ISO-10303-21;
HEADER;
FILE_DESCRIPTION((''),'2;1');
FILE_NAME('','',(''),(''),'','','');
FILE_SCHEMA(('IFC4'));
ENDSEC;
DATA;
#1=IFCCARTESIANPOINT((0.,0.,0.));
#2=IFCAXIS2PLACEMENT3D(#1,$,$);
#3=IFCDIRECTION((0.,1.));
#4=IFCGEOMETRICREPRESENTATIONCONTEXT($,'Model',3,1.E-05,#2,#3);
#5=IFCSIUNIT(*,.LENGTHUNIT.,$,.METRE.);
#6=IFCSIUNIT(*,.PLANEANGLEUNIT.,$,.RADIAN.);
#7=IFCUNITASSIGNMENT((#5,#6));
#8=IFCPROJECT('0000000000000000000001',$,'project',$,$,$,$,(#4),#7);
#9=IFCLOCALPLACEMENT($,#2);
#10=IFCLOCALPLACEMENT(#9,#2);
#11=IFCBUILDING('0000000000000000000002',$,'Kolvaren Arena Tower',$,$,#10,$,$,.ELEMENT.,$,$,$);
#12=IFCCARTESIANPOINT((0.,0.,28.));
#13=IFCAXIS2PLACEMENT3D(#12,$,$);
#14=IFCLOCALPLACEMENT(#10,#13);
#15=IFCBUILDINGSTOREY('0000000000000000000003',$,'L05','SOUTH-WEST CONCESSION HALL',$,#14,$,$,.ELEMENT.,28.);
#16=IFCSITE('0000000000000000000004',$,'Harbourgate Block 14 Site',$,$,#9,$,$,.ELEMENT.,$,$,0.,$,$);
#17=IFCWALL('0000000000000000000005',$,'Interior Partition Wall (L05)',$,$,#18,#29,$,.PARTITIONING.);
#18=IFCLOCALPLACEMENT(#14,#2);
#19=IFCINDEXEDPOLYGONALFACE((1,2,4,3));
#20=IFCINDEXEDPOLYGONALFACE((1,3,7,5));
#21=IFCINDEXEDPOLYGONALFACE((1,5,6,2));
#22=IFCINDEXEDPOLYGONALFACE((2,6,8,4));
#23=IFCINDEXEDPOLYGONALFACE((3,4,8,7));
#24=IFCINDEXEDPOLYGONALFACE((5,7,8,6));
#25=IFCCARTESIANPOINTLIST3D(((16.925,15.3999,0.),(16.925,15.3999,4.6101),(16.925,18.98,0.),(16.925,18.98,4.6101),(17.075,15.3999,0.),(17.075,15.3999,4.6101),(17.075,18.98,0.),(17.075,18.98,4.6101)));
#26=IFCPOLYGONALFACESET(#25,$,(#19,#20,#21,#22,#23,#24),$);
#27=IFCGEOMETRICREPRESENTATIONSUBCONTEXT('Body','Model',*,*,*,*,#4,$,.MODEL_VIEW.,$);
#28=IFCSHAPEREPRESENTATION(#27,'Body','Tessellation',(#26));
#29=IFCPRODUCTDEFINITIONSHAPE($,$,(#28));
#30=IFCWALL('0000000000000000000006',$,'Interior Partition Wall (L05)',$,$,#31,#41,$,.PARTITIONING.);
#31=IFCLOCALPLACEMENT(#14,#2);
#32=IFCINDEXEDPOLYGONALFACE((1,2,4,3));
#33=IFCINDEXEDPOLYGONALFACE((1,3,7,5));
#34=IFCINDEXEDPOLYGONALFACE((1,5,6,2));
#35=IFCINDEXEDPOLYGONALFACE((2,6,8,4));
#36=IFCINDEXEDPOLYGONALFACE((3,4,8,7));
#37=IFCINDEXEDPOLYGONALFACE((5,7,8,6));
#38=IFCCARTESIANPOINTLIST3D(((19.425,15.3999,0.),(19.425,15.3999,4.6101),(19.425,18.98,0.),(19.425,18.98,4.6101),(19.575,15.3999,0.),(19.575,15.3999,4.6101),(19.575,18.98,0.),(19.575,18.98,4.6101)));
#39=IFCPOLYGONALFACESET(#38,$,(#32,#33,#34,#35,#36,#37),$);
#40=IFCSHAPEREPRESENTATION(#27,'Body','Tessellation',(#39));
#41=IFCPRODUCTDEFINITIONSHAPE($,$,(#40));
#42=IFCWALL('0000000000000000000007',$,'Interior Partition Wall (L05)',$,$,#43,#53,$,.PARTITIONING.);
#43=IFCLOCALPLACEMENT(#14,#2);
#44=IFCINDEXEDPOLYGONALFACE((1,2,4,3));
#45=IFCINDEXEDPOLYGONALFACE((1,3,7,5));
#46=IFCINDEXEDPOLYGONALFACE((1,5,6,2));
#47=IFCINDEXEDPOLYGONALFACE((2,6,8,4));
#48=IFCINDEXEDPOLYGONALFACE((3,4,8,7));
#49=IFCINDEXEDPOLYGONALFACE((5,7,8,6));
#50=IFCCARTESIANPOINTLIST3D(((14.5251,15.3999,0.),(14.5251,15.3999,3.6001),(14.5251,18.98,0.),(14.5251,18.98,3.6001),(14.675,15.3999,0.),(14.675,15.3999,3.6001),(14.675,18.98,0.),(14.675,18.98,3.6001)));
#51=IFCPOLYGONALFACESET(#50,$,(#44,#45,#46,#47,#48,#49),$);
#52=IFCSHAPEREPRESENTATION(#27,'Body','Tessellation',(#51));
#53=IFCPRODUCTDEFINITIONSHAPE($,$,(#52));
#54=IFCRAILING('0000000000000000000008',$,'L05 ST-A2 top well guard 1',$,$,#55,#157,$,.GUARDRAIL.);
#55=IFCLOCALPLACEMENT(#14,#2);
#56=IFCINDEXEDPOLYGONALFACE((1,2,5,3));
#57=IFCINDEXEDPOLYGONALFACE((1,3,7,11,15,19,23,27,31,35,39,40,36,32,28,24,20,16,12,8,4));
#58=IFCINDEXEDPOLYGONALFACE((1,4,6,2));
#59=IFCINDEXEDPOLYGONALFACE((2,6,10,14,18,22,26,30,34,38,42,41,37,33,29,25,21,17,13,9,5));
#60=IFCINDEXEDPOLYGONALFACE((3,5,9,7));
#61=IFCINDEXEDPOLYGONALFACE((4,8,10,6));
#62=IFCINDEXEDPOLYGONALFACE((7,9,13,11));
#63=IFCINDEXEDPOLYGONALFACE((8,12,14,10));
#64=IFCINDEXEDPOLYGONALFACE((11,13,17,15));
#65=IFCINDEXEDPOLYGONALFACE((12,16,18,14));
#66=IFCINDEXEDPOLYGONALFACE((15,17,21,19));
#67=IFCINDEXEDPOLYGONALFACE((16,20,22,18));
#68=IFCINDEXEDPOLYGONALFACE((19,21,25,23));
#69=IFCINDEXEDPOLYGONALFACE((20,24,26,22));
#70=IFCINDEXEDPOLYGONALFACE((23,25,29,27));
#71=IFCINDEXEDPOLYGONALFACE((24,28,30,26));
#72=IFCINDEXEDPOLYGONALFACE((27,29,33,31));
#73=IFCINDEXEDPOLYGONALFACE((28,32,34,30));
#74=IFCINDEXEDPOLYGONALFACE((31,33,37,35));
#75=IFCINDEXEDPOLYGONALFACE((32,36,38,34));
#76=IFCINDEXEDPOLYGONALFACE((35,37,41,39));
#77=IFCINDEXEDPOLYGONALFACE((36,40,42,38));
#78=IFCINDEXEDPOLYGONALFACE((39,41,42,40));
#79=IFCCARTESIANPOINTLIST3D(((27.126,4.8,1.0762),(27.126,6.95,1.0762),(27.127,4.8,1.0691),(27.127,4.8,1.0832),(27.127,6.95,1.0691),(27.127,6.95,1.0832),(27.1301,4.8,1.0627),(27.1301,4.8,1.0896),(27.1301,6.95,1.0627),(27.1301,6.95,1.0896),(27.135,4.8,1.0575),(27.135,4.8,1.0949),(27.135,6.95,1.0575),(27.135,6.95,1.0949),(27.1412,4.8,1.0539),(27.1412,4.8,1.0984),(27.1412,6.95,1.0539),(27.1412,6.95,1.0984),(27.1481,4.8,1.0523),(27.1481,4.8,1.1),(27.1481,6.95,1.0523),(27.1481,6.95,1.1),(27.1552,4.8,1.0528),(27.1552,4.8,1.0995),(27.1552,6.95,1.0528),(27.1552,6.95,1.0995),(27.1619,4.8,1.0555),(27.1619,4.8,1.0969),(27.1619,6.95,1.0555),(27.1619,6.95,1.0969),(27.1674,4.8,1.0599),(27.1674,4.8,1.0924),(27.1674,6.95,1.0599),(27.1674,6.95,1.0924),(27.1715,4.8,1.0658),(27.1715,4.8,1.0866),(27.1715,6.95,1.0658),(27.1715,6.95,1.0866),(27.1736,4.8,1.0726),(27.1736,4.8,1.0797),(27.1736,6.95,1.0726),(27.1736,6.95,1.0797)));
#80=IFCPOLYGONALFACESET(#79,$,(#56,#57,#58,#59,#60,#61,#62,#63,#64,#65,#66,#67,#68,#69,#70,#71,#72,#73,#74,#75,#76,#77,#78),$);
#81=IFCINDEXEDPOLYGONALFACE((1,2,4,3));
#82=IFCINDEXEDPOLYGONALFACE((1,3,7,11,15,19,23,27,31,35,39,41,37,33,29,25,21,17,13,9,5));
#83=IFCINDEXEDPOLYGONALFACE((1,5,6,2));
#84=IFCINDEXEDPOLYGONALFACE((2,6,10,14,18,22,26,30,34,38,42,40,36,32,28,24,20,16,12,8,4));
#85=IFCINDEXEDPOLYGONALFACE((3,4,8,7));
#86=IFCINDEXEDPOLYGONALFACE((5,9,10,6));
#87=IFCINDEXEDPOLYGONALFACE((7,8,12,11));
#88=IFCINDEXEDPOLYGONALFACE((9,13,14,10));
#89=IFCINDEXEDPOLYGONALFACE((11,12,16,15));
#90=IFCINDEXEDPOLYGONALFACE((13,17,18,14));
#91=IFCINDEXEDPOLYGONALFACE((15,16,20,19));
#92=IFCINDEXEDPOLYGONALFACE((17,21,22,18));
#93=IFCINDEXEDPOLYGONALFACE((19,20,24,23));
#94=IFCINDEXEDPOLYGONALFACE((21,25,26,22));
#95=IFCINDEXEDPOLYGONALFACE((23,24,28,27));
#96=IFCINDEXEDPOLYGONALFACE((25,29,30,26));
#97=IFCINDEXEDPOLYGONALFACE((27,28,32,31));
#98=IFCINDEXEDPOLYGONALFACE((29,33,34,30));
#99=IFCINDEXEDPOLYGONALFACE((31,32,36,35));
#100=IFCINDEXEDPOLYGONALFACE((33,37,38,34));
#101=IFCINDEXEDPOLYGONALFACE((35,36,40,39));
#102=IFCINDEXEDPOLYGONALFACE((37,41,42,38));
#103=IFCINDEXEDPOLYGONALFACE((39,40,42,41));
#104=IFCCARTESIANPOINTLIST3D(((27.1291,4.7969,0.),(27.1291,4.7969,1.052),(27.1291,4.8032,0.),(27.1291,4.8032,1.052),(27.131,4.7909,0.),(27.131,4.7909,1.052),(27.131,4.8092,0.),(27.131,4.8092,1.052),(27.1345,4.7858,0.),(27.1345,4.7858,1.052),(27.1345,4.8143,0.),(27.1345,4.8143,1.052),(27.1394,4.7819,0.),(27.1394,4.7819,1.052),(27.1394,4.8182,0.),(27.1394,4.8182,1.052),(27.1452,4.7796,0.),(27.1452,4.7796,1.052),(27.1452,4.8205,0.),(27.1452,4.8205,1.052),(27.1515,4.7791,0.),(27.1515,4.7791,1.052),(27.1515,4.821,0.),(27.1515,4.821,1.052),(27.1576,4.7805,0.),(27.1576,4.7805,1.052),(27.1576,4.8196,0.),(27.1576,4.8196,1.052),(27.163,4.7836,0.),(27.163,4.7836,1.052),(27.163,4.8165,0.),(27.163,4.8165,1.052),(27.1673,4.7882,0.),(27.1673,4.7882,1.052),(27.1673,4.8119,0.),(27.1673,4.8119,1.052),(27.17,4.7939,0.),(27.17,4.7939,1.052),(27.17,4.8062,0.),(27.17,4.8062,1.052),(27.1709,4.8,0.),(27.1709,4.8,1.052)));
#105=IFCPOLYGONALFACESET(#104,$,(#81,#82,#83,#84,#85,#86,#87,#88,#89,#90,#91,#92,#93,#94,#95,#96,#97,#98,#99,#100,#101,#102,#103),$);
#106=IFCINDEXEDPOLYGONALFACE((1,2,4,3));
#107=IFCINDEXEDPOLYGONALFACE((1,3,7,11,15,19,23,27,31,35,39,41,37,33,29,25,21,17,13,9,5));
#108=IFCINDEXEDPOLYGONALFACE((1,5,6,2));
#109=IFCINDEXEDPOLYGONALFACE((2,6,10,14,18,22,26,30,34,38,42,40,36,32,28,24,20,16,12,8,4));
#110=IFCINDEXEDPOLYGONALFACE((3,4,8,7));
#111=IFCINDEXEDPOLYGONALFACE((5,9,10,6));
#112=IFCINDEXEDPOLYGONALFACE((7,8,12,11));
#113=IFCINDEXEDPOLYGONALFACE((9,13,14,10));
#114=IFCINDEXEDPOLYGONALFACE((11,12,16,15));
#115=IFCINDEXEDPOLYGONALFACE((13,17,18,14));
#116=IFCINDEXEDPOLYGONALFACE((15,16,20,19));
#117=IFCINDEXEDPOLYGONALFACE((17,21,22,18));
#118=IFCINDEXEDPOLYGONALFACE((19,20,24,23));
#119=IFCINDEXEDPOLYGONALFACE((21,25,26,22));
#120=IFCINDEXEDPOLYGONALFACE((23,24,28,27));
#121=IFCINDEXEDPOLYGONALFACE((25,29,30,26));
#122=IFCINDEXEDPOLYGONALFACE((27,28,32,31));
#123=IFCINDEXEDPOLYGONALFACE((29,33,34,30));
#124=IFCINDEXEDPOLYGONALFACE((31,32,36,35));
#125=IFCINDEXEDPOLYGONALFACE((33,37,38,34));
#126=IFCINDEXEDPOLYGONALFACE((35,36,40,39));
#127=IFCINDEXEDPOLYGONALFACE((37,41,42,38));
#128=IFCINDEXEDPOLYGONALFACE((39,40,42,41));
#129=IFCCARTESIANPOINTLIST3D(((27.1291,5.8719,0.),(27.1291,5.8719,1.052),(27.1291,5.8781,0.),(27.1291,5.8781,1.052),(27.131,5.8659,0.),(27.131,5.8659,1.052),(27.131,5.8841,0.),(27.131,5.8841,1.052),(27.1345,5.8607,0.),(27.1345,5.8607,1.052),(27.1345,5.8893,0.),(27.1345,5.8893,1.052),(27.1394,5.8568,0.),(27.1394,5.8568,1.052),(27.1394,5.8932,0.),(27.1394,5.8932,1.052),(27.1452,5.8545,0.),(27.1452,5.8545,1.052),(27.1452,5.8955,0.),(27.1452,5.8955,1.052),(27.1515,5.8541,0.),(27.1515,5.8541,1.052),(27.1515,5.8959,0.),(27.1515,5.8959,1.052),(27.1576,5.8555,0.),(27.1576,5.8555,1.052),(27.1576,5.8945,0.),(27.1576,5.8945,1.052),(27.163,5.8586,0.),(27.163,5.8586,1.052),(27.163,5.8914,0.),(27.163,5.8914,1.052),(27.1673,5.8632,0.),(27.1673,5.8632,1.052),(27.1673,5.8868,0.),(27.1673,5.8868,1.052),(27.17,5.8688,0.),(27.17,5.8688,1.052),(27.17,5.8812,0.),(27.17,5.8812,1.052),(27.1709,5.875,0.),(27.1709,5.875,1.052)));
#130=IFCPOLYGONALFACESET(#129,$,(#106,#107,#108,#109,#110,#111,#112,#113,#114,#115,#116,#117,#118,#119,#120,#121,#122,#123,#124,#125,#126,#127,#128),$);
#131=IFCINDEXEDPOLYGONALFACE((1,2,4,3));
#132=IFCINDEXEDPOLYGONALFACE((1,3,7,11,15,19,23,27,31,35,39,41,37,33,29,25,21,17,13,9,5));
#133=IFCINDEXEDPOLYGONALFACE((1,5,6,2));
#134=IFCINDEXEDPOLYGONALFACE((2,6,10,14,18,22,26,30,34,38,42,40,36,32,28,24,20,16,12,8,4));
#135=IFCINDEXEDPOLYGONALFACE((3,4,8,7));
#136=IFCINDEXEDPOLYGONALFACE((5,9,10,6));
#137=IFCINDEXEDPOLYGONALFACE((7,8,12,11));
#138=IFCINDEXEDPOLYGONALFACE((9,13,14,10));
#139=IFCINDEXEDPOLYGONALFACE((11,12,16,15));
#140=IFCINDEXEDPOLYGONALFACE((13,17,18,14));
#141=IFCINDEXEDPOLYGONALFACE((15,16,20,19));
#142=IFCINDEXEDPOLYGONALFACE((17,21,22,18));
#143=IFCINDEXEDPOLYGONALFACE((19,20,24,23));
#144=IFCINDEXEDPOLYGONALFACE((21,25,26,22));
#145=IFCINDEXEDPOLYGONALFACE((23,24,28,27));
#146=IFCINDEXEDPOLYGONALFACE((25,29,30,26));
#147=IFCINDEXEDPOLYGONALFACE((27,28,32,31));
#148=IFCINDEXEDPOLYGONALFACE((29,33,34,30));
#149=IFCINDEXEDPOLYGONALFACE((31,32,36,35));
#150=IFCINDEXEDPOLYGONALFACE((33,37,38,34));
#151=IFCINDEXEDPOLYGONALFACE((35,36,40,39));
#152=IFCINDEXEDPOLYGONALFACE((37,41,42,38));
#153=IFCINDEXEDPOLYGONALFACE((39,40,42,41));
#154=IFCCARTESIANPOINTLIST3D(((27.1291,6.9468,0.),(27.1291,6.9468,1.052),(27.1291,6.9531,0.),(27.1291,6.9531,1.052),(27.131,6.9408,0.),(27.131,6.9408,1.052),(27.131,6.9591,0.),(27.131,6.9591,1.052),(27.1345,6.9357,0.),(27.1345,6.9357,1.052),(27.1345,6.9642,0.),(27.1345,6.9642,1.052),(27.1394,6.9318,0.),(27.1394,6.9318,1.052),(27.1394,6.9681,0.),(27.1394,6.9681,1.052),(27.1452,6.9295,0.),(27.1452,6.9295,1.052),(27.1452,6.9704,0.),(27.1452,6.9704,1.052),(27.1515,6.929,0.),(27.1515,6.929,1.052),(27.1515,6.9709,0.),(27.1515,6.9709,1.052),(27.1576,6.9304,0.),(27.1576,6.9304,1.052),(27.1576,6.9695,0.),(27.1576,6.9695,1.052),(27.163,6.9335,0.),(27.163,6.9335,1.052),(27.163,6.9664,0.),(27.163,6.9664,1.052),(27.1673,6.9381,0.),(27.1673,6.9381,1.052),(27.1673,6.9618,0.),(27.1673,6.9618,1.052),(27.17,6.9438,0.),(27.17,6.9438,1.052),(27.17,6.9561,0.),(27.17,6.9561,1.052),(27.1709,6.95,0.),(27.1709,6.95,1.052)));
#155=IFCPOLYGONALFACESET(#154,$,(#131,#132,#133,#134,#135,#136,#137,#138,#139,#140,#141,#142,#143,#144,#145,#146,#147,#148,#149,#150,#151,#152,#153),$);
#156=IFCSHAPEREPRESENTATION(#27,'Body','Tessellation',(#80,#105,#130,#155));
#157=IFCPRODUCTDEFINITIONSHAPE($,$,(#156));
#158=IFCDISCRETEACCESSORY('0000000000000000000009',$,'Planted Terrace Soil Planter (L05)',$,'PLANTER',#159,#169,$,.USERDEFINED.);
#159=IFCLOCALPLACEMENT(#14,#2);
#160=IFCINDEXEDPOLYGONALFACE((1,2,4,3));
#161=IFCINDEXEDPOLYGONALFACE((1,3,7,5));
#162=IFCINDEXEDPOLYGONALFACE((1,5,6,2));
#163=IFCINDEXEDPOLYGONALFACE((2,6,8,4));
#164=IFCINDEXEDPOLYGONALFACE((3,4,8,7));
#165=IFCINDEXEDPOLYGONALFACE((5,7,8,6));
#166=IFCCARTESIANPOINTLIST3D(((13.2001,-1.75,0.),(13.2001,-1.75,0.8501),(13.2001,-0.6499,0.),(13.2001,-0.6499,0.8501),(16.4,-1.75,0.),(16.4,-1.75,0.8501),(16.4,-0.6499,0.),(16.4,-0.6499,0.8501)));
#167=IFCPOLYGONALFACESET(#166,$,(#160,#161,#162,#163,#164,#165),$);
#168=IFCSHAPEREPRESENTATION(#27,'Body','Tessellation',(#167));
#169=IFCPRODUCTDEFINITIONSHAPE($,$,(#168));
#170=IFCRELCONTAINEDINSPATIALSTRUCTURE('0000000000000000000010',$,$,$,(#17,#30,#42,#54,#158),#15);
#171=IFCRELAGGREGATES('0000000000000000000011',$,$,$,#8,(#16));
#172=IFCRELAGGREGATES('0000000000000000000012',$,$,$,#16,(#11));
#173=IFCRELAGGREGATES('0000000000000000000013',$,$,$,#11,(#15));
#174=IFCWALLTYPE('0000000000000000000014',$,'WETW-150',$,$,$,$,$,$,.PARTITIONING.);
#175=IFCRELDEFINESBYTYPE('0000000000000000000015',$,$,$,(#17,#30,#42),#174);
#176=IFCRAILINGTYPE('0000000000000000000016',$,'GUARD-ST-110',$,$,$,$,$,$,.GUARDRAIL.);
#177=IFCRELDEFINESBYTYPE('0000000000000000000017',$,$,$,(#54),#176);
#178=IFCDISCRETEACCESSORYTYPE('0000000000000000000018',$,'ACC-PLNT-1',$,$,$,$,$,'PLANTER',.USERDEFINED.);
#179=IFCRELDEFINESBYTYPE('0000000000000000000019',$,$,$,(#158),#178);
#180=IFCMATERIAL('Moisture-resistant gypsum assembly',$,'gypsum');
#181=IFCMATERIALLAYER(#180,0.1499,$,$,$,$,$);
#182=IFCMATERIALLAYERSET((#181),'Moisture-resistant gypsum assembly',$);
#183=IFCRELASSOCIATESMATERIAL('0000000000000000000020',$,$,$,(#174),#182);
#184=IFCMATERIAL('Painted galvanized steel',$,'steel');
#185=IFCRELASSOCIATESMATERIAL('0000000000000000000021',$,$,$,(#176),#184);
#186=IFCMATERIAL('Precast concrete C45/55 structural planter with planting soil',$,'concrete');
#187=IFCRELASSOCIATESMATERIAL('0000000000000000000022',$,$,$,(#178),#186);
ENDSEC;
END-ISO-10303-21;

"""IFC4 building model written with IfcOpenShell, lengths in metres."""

from ifc_helpers import new_model, si_unit, direction, frame, frame_2d, origin, origin_2d, place, context, subcontext, project, spatial, rectangle, circle, extrude, material, layer, layer_set, type_object, element, save


model = new_model("IFC4")

# Units and contexts
model_context = context("Model", 3, precision=1e-05, world=origin(), true_north=direction((0.0, 1.0)))
body_context = subcontext(model_context, "Body", "Model", "MODEL_VIEW")
ifc_project = project(units=[si_unit("LENGTHUNIT", "METRE"), si_unit("PLANEANGLEUNIT", "RADIAN")], contexts=[model_context])

# Site, building, storey
site_placement = place(None, origin())
site = spatial("IfcSite", under=ifc_project, at=site_placement, Name="Harbourgate Block 14 Site", CompositionType="ELEMENT", RefElevation=0.0)
building_placement = place(site_placement, origin())
building = spatial("IfcBuilding", under=site, at=building_placement, Name="Kolvaren Arena Tower", CompositionType="ELEMENT")
storey_placement = place(building_placement, frame((0.0, 0.0, 28.0)))
storey = spatial("IfcBuildingStorey", under=building, at=storey_placement, Name="L05", Description="SOUTH-WEST CONCESSION HALL", CompositionType="ELEMENT", Elevation=28.0)

# Walls
ifc_material_1 = material(Name="Moisture-resistant gypsum assembly", Category="gypsum")
ifc_layer_1 = layer(ifc_material_1, 0.1499)
ifc_layer_set_1 = layer_set([ifc_layer_1], Name="Moisture-resistant gypsum assembly")
wall_type_1 = type_object("IfcWallType", Name="WETW-150", PredefinedType="PARTITIONING", material=ifc_layer_set_1)
for number, where, z_axis, x_axis, name in (
    (1, (17.0, 15.3999, 0.0), (0.0, 0.0, 1.0), (0.0, 1.0, 0.0), "Interior Partition Wall (L05)"),
    (2, (19.5, 15.3999, 0.0), (0.0, 0.0, 1.0), (0.0, 1.0, 0.0), "Interior Partition Wall (L05)"),
):
    element("IfcWall", number, at=place(storey_placement, frame(where, z_axis=z_axis, x_axis=x_axis)), inside=storey, type_object=wall_type_1, Name=name, PredefinedType="PARTITIONING", context=body_context, shape_type="SweptSolid", body=[
        extrude(rectangle(XDim=3.5801, YDim=0.1499, at=frame_2d((1.79, 0.0))), origin(), (0.0, 0.0, 1.0), 4.6101),
    ])
wall_1_placement = place(storey_placement, frame((14.6001, 15.3999, 0.0), z_axis=(0.0, 0.0, 1.0), x_axis=(0.0, 1.0, 0.0)))
element("IfcWall", 3, at=wall_1_placement, inside=storey, type_object=wall_type_1, Name="Interior Partition Wall (L05)", PredefinedType="PARTITIONING", context=body_context, shape_type="SweptSolid", body=[
    extrude(rectangle(XDim=3.5801, YDim=0.1499, at=frame_2d((1.79, 0.0))), origin(), (0.0, 0.0, 1.0), 3.6001),
])

# Railing
ifc_material_2 = material(Name="Painted galvanized steel", Category="steel")
railing_type_1 = type_object("IfcRailingType", Name="GUARD-ST-110", PredefinedType="GUARDRAIL", material=ifc_material_2)
railing_1_placement = place(storey_placement, frame((27.1499, 4.8, 0.0)))
element("IfcRailing", 4, at=railing_1_placement, inside=storey, type_object=railing_type_1, Name="L05 ST-A2 top well guard 1", PredefinedType="GUARDRAIL", context=body_context, shape_type="SweptSolid", body=[
    extrude(circle(Radius=0.0239, at=origin_2d()), frame((0.0, 0.0, 1.0762), z_axis=(0.0, 1.0, 0.0), x_axis=(-1.0, 0.0, 0.0)), (0.0, 0.0, 1.0), 2.1499),
    extrude(circle(Radius=0.021, at=origin_2d()), origin(), (0.0, 0.0, 1.0), 1.052),
    extrude(circle(Radius=0.021, at=origin_2d()), frame((0.0, 1.075, 0.0)), (0.0, 0.0, 1.0), 1.052),
    extrude(circle(Radius=0.021, at=origin_2d()), frame((0.0, 2.1499, 0.0)), (0.0, 0.0, 1.0), 1.052),
])

# Discrete accessory
ifc_material_3 = material(Name="Precast concrete C45/55 structural planter with planting soil", Category="concrete")
discrete_accessory_type = type_object("IfcDiscreteAccessoryType", Name="ACC-PLNT-1", ElementType="PLANTER", PredefinedType="USERDEFINED", material=ifc_material_3)
discrete_accessory_placement = place(storey_placement, frame((14.8, -1.2, 0.0), z_axis=(0.0, 0.0, 1.0), x_axis=(1.0, 0.0, 0.0)))
element("IfcDiscreteAccessory", 5, at=discrete_accessory_placement, inside=storey, type_object=discrete_accessory_type, Name="Planted Terrace Soil Planter (L05)", ObjectType="PLANTER", PredefinedType="USERDEFINED", context=body_context, shape_type="SweptSolid", body=[
    extrude(rectangle(XDim=3.2, YDim=1.1001, at=origin_2d()), origin(), (0.0, 0.0, 1.0), 0.8501),
])

save(model, "model.ifc")
